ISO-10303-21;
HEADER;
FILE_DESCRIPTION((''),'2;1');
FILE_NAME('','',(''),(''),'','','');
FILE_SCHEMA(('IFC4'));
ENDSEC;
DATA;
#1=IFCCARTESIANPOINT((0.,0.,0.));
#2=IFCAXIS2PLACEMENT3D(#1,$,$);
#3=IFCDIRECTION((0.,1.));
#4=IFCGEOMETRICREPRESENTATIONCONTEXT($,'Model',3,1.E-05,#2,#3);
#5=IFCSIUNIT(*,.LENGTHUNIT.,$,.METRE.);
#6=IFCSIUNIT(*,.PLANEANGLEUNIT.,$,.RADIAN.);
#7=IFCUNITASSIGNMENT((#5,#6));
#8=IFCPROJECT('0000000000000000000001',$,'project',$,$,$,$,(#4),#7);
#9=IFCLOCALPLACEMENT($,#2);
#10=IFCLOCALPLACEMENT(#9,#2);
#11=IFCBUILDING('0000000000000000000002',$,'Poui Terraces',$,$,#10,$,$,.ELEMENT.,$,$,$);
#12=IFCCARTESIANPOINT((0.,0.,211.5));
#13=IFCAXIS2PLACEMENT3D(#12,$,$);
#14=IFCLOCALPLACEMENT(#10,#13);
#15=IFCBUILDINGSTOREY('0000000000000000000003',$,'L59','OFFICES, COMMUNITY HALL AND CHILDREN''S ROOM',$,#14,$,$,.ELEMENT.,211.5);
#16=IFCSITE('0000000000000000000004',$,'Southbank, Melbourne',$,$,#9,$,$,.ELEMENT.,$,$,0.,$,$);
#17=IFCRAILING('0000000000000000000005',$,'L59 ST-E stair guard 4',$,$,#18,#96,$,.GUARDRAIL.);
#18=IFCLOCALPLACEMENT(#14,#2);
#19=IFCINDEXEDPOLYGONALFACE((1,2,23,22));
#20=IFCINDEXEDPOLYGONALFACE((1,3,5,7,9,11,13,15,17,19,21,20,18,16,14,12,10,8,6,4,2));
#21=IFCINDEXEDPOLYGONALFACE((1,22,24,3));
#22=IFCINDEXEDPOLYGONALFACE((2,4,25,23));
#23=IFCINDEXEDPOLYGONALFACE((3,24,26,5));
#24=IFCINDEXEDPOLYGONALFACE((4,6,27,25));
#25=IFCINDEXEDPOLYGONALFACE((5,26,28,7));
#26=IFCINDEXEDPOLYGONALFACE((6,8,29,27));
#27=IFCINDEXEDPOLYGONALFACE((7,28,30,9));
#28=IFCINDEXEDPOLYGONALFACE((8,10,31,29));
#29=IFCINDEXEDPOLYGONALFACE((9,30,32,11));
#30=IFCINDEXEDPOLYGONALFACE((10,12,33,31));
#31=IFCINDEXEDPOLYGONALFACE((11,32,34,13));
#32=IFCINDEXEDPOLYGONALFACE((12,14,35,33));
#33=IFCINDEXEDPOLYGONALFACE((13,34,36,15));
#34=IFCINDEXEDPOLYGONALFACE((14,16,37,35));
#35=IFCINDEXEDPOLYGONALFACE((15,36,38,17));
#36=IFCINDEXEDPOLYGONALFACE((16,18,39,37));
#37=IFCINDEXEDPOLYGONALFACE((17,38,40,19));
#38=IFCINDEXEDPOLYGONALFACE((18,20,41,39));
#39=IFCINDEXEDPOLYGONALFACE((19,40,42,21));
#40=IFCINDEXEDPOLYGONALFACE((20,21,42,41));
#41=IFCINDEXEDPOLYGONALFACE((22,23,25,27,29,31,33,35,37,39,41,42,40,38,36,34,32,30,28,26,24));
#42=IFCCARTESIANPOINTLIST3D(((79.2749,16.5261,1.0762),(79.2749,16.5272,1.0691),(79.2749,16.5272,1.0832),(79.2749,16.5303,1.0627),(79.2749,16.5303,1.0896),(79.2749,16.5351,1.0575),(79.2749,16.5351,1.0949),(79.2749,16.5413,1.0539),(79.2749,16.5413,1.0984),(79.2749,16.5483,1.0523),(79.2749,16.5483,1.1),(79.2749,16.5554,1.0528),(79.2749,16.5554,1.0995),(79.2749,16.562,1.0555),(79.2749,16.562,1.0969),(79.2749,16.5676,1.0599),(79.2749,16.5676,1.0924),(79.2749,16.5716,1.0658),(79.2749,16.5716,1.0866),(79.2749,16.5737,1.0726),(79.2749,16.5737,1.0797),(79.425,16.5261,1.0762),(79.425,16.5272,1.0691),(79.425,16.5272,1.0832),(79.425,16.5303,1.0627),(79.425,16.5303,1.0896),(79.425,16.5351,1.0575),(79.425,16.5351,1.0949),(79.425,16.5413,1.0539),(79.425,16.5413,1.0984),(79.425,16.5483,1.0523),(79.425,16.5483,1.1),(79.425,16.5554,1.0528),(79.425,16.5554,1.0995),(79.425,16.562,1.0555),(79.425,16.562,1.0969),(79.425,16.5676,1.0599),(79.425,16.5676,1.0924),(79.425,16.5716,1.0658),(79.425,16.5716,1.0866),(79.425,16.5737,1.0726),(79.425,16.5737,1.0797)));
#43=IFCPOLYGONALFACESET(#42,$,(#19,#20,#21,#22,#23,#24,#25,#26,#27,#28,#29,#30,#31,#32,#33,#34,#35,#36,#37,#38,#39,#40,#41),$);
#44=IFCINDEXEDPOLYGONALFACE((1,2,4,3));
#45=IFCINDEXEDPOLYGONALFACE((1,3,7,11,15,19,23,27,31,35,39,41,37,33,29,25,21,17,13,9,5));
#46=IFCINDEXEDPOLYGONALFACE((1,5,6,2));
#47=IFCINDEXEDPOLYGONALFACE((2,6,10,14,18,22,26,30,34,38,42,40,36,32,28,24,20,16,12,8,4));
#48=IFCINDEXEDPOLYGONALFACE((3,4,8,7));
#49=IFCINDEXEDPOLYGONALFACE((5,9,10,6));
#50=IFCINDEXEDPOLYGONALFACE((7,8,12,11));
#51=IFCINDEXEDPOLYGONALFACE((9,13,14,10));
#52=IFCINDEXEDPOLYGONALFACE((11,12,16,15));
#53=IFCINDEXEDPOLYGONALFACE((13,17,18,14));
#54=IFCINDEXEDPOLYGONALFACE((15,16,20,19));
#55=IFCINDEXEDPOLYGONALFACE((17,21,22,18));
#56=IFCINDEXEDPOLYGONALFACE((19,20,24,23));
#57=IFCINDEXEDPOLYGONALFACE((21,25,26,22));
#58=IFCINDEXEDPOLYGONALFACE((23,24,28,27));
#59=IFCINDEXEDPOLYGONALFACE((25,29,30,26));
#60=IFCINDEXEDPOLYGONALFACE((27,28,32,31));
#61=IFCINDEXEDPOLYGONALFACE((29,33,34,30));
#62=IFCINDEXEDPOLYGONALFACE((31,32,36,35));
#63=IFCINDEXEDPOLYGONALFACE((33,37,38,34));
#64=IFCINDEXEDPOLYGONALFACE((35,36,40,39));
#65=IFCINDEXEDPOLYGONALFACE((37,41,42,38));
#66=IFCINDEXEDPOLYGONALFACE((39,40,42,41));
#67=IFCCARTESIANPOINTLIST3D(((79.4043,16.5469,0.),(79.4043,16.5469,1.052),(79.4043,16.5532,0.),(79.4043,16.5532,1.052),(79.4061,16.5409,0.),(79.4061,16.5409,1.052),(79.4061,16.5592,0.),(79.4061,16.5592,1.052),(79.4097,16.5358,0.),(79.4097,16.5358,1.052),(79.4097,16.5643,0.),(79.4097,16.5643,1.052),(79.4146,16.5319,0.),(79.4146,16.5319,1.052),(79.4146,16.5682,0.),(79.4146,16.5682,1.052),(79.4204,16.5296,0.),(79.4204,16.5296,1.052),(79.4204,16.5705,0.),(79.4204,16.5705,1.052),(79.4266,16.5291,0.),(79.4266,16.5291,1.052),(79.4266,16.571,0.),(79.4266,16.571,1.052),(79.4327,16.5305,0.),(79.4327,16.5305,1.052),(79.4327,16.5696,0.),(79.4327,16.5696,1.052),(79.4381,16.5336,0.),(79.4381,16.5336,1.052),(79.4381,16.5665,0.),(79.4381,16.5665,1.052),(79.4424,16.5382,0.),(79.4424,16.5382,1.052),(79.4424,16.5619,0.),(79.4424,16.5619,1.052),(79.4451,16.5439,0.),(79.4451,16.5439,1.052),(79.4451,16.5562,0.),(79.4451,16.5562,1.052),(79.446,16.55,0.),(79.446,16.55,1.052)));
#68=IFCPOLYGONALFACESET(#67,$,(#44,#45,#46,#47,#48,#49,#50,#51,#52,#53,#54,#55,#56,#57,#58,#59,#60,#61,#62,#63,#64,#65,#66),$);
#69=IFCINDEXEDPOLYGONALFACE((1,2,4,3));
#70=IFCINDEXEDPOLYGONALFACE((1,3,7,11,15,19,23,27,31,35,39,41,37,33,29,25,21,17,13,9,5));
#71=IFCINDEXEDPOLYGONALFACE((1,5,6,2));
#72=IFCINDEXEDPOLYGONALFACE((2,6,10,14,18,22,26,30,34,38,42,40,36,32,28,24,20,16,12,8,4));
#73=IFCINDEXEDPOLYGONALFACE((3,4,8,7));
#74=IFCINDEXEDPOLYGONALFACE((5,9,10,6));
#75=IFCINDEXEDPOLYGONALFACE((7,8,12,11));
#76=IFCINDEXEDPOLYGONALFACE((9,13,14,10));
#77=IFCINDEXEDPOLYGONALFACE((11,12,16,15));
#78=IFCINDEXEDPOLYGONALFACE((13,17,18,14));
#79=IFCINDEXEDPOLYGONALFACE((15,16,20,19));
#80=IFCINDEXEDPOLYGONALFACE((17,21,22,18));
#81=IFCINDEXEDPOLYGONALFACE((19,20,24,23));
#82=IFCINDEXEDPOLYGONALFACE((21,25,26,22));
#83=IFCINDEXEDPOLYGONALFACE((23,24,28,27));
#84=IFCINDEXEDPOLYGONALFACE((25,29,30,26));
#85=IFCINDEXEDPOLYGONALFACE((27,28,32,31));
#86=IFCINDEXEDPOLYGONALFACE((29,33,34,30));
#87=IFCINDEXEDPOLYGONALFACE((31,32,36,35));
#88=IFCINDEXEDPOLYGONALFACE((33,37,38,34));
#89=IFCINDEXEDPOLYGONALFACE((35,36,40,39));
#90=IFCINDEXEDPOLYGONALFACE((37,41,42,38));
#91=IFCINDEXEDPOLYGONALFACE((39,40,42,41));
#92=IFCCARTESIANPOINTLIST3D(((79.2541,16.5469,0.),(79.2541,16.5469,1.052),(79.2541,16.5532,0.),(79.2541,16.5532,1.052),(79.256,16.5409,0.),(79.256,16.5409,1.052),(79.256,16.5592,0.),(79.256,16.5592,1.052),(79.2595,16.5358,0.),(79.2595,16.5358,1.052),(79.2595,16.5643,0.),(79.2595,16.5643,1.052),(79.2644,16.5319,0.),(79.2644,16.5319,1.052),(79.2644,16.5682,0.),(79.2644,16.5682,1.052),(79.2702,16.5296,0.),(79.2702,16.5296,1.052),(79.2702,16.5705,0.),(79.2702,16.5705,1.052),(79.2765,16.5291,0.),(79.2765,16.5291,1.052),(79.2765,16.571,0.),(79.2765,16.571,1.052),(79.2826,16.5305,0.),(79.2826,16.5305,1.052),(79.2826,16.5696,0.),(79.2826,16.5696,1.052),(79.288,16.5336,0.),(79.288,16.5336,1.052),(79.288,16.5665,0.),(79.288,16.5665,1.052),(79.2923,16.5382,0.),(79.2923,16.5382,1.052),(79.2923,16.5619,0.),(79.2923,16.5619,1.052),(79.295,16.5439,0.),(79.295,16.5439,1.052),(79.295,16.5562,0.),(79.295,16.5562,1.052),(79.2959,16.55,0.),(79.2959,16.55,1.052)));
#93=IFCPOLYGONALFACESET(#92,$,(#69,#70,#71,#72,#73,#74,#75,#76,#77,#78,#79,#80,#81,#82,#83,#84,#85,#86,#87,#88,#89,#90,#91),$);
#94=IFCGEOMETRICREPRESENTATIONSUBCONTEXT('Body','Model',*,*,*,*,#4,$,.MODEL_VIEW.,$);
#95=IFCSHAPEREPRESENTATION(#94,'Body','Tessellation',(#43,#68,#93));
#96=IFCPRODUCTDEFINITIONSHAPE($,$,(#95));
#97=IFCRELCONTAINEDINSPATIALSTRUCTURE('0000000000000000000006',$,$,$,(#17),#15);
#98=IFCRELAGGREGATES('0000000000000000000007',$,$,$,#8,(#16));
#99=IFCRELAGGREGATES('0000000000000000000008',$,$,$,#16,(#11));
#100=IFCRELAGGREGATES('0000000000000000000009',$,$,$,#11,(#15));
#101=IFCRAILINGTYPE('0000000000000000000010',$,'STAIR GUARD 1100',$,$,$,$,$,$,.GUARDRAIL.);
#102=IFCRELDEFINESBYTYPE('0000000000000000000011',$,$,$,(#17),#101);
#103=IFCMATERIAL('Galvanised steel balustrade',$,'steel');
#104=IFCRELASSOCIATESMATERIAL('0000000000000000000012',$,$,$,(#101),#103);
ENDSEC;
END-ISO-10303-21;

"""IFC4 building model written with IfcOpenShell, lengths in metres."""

from ifc_helpers import new_model, si_unit, direction, frame, origin, origin_2d, place, context, subcontext, project, spatial, circle, extrude, material, type_object, element, save


model = new_model("IFC4")

# Units and contexts
model_context = context("Model", 3, precision=1e-05, world=origin(), true_north=direction((0.0, 1.0)))
body_context = subcontext(model_context, "Body", "Model", "MODEL_VIEW")
ifc_project = project(units=[si_unit("LENGTHUNIT", "METRE"), si_unit("PLANEANGLEUNIT", "RADIAN")], contexts=[model_context])

# Site, building, storey
site_placement = place(None, origin())
site = spatial("IfcSite", under=ifc_project, at=site_placement, Name="Southbank, Melbourne", CompositionType="ELEMENT", RefElevation=0.0)
building_placement = place(site_placement, origin())
building = spatial("IfcBuilding", under=site, at=building_placement, Name="Poui Terraces", CompositionType="ELEMENT")
storey_placement = place(building_placement, frame((0.0, 0.0, 211.5)))
storey = spatial("IfcBuildingStorey", under=building, at=storey_placement, Name="L59", Description="OFFICES, COMMUNITY HALL AND CHILDREN'S ROOM", CompositionType="ELEMENT", Elevation=211.5)

# Railing
ifc_material_1 = material(Name="Galvanised steel balustrade", Category="steel")
railing_type = type_object("IfcRailingType", Name="STAIR GUARD 1100", PredefinedType="GUARDRAIL", material=ifc_material_1)
railing_1_placement = place(storey_placement, frame((79.425, 16.55, 0.0)))
element("IfcRailing", 1, at=railing_1_placement, inside=storey, type_object=railing_type, Name="L59 ST-E stair guard 4", PredefinedType="GUARDRAIL", context=body_context, shape_type="SweptSolid", body=[
    extrude(circle(Radius=0.0239, at=origin_2d()), frame((0.0, 0.0, 1.0762), z_axis=(-1.0, 0.0, 0.0), x_axis=(0.0, -1.0, 0.0)), (0.0, 0.0, 1.0), 0.1501),
    extrude(circle(Radius=0.021, at=origin_2d()), origin(), (0.0, 0.0, 1.0), 1.052),
    extrude(circle(Radius=0.021, at=origin_2d()), frame((-0.1501, 0.0, 0.0)), (0.0, 0.0, 1.0), 1.052),
])

save(model, "model.ifc")
